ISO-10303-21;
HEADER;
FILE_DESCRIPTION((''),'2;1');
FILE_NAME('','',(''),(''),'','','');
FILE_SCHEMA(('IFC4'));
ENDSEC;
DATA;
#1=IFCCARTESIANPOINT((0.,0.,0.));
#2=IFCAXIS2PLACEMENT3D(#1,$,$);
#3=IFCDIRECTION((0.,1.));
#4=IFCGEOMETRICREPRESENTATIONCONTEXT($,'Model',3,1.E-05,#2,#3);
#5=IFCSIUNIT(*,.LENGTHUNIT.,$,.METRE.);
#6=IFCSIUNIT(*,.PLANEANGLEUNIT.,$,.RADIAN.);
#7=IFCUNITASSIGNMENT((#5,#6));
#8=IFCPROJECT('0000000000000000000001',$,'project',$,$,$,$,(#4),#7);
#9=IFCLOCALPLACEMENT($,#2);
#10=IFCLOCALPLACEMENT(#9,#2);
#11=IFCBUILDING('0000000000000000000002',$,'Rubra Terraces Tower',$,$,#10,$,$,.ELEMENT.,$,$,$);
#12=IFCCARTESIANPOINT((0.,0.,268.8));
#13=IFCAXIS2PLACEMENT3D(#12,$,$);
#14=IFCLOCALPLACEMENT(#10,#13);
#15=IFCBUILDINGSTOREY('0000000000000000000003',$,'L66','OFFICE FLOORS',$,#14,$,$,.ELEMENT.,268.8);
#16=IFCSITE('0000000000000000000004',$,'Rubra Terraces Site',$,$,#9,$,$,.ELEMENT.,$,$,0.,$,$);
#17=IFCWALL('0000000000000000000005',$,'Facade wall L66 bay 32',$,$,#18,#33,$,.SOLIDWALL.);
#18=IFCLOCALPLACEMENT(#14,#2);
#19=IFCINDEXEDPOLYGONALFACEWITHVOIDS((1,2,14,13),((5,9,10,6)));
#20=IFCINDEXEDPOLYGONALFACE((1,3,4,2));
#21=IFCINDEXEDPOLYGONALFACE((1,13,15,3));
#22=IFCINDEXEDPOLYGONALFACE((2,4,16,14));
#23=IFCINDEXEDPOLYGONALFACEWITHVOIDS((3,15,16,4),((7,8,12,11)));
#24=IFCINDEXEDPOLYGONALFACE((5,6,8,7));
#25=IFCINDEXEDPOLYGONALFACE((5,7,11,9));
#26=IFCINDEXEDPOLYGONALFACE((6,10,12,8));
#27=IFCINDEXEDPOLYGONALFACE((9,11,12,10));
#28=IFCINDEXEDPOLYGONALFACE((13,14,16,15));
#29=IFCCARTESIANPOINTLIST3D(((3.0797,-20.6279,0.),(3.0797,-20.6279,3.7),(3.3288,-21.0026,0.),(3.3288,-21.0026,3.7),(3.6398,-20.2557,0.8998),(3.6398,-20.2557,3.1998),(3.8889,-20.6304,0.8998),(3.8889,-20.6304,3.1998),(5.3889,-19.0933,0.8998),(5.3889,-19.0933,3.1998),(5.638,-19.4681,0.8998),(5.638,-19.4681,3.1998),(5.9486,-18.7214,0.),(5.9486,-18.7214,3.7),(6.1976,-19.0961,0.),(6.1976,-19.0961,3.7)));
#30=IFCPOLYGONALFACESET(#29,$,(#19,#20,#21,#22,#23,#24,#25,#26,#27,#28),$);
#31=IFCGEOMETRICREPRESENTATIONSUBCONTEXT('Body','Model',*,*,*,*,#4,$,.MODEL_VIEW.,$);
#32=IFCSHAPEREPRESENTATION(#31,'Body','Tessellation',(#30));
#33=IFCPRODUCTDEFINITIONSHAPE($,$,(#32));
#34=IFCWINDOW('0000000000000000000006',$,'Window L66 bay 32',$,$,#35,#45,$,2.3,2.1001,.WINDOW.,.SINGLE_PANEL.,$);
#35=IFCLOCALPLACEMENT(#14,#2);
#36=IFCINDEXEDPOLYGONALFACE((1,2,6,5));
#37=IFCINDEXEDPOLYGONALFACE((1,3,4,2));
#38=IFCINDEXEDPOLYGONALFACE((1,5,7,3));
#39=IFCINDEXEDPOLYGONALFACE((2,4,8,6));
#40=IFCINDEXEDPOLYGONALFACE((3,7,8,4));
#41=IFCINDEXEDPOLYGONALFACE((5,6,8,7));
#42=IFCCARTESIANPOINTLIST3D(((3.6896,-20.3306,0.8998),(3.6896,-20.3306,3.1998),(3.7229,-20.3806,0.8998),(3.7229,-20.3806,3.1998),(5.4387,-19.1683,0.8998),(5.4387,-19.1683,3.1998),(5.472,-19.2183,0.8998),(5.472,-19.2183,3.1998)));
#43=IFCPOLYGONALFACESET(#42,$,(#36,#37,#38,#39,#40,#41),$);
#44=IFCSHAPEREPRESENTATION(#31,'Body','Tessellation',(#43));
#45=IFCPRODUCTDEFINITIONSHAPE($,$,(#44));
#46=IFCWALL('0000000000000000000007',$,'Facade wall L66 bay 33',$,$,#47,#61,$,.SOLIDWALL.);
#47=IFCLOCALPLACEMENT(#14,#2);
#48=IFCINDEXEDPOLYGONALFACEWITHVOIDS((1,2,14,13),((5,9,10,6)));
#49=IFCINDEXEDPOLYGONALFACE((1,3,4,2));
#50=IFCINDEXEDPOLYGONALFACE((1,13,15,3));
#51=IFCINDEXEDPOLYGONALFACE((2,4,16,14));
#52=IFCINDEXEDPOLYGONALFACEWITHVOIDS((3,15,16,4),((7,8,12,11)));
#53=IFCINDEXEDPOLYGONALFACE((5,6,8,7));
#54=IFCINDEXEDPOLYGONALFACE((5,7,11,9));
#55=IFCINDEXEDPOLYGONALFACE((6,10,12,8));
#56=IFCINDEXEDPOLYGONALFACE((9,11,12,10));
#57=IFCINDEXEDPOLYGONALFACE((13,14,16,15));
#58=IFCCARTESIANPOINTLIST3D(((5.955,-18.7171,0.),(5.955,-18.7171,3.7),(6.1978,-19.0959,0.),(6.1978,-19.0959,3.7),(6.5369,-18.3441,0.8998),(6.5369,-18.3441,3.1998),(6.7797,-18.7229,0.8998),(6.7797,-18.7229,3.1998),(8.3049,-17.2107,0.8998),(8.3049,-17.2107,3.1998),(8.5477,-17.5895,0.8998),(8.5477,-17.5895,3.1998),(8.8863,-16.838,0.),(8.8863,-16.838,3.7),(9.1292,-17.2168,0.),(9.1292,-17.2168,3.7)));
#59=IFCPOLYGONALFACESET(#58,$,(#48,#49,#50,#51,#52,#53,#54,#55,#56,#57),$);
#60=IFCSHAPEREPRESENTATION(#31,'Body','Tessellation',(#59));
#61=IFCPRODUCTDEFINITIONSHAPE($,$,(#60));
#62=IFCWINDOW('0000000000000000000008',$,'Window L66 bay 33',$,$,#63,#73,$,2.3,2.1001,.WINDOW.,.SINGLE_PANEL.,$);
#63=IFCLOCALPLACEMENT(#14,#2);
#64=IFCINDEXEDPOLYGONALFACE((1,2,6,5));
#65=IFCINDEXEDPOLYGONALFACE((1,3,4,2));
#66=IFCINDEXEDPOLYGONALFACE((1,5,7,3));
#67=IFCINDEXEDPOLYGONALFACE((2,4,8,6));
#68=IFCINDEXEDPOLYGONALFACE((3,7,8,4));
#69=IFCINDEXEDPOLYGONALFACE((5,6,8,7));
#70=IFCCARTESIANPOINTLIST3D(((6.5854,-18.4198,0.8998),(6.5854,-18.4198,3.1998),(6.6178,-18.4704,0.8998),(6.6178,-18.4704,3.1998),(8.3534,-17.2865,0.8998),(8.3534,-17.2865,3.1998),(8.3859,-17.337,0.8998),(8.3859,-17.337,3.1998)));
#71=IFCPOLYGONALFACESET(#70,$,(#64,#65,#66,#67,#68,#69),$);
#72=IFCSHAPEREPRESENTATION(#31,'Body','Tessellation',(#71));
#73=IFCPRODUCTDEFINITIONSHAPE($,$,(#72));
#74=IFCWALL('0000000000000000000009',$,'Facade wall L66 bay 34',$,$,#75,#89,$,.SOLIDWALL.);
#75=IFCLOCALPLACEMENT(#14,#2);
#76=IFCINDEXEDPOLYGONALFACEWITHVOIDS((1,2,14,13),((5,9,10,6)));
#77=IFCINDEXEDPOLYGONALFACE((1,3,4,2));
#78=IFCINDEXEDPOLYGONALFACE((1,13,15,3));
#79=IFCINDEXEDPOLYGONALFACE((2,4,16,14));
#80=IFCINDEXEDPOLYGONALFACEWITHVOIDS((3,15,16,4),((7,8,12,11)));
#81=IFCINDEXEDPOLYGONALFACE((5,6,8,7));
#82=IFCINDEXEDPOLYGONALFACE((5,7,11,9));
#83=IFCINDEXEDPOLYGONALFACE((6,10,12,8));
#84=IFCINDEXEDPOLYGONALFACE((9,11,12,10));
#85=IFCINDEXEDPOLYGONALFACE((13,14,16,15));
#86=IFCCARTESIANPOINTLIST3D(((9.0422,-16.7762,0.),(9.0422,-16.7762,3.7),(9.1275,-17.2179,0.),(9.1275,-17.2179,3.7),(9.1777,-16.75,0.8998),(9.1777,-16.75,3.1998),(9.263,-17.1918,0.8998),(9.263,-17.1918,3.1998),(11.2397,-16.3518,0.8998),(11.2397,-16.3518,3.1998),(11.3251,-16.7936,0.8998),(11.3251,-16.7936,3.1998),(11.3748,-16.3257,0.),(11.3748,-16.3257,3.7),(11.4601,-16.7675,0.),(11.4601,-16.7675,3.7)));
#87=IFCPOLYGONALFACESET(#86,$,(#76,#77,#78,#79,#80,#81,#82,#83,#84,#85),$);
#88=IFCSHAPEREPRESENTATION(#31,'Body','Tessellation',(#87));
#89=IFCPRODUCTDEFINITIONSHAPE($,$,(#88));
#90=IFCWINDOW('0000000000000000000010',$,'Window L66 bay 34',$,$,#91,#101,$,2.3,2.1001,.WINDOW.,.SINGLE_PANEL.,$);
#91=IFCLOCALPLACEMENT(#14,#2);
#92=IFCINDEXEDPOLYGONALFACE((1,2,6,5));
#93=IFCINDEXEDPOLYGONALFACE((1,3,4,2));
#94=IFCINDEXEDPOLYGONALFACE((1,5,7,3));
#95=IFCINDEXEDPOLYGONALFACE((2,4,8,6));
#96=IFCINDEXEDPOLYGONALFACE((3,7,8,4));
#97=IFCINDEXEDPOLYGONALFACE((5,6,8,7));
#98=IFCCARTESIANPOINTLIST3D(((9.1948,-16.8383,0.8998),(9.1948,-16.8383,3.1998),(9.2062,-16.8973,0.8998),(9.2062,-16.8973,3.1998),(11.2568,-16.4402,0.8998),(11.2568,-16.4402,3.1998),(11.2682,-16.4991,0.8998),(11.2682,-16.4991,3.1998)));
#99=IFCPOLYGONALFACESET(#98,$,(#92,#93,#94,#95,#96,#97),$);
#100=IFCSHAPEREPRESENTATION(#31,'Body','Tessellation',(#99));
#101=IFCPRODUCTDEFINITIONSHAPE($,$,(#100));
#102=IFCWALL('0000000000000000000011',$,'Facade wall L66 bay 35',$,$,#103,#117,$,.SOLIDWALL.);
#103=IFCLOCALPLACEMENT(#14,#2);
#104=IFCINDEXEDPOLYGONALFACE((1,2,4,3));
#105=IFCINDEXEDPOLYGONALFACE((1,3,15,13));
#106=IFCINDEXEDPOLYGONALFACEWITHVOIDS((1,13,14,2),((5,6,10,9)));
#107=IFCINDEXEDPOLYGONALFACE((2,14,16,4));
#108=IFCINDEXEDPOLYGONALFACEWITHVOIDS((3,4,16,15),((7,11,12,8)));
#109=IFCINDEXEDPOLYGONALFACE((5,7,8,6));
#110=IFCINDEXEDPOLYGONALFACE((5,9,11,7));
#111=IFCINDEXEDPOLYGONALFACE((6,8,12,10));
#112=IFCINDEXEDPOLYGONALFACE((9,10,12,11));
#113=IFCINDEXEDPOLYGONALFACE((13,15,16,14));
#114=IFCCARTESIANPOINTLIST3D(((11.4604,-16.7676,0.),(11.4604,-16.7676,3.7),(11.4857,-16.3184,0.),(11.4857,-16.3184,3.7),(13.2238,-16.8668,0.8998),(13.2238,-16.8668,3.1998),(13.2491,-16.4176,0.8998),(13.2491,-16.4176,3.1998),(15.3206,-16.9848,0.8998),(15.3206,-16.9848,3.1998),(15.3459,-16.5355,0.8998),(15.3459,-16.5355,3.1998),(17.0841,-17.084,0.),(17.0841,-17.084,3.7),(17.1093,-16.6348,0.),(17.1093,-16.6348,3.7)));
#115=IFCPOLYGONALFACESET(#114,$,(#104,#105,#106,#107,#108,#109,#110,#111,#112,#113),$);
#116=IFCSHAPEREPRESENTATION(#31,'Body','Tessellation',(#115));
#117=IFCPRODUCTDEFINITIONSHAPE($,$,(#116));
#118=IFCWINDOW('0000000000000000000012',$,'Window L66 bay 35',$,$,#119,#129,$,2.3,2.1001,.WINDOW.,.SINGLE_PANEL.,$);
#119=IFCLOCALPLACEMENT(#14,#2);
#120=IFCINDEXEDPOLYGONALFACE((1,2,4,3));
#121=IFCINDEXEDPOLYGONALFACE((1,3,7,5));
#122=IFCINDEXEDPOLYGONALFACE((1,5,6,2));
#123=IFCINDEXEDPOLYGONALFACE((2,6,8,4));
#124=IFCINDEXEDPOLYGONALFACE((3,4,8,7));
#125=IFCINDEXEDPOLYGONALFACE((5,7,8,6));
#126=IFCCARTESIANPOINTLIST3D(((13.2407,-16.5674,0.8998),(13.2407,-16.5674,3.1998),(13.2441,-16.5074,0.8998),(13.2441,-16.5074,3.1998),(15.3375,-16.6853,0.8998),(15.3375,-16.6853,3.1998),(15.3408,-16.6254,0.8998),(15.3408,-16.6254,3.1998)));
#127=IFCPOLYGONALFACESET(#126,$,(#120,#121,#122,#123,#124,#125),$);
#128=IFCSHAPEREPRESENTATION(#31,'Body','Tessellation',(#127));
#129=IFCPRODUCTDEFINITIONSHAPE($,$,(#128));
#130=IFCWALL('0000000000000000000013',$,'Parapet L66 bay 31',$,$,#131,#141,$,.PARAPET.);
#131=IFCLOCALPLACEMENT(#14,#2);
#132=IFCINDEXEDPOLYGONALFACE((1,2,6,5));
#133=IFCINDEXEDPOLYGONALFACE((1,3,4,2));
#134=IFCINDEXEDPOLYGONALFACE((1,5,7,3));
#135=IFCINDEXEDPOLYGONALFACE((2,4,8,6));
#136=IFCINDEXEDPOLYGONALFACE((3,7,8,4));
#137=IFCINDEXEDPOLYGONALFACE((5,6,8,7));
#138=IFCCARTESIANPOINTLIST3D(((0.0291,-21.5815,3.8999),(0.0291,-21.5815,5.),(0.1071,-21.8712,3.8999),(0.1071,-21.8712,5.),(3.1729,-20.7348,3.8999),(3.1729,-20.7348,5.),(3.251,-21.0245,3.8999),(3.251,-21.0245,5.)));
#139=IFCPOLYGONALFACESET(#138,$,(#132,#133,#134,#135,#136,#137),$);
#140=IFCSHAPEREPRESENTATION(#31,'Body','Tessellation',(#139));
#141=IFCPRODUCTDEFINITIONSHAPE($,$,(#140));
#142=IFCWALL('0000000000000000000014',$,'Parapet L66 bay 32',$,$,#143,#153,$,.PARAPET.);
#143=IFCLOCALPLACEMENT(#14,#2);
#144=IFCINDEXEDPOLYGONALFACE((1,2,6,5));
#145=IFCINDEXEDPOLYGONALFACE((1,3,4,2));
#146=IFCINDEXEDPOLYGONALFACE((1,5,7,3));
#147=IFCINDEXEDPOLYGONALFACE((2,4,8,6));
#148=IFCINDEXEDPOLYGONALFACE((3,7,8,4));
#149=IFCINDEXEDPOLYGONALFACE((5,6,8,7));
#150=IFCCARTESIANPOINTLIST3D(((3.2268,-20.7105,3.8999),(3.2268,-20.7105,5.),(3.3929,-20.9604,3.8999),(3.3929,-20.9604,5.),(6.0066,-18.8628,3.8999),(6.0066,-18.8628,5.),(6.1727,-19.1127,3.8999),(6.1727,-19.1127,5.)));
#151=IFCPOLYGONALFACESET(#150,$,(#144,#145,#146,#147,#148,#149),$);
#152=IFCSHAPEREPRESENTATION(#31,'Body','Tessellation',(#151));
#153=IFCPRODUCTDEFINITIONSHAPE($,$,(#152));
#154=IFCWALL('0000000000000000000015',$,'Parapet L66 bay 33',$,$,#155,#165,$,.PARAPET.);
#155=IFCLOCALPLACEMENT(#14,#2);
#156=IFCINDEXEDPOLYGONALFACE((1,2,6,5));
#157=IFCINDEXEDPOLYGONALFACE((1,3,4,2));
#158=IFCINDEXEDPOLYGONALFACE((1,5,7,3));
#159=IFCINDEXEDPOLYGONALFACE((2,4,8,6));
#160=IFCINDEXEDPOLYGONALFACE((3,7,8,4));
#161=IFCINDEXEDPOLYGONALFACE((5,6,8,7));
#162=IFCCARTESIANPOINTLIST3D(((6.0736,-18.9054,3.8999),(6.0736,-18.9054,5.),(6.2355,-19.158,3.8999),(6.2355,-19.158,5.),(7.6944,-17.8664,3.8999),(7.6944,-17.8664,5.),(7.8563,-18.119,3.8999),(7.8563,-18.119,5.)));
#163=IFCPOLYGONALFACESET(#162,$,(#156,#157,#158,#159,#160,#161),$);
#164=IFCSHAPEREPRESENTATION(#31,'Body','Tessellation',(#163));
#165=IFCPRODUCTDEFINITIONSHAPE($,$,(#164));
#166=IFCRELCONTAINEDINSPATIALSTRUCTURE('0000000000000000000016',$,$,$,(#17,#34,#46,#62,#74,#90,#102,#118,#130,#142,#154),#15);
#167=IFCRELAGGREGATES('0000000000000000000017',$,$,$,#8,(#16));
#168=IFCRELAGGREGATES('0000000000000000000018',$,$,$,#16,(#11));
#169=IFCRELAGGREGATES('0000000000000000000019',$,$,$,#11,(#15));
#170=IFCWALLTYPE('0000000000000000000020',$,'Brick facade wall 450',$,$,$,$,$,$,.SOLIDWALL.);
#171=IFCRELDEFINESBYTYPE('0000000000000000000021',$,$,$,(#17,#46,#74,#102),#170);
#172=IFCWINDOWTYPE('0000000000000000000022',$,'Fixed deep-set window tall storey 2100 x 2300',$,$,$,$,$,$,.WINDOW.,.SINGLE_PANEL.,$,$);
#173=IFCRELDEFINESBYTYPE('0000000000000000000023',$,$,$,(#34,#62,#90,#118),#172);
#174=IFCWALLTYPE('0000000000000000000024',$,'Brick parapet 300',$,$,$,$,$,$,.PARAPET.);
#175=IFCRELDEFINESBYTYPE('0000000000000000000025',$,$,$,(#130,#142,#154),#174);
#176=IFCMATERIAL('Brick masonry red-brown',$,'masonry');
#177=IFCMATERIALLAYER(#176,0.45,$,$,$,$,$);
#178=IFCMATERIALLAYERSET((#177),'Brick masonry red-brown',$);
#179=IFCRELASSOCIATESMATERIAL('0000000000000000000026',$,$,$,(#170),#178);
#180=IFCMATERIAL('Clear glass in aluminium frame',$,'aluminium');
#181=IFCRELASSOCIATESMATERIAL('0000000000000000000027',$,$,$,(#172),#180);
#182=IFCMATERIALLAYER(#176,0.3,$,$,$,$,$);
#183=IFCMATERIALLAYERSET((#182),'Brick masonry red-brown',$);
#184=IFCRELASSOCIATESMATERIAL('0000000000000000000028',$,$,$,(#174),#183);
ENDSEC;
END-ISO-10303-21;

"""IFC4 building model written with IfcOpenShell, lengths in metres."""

from ifc_helpers import new_model, si_unit, direction, frame, frame_2d, origin, place, context, subcontext, project, spatial, rectangle, extrude, material, layer, layer_set, type_object, element, fill, save


model = new_model("IFC4")

# Units and contexts
model_context = context("Model", 3, precision=1e-05, world=origin(), true_north=direction((0.0, 1.0)))
body_context = subcontext(model_context, "Body", "Model", "MODEL_VIEW")
ifc_project = project(units=[si_unit("LENGTHUNIT", "METRE"), si_unit("PLANEANGLEUNIT", "RADIAN")], contexts=[model_context])

# Site, building, storey
site_placement = place(None, origin())
site = spatial("IfcSite", under=ifc_project, at=site_placement, Name="Rubra Terraces Site", CompositionType="ELEMENT", RefElevation=0.0)
building_placement = place(site_placement, origin())
building = spatial("IfcBuilding", under=site, at=building_placement, Name="Rubra Terraces Tower", CompositionType="ELEMENT")
storey_placement = place(building_placement, frame((0.0, 0.0, 268.8)))
storey = spatial("IfcBuildingStorey", under=building, at=storey_placement, Name="L66", Description="OFFICE FLOORS", CompositionType="ELEMENT", Elevation=268.8)

# Walls, openings, windows
ifc_material_1 = material(Name="Brick masonry red-brown", Category="masonry")
ifc_layer_1 = layer(ifc_material_1, 0.45)
ifc_layer_set_1 = layer_set([ifc_layer_1], Name="Brick masonry red-brown")
wall_type_1 = type_object("IfcWallType", Name="Brick facade wall 450", PredefinedType="SOLIDWALL", material=ifc_layer_set_1)
wall_1_placement = place(storey_placement, frame((3.2043, -20.8152, 0.0), z_axis=(0.0, 0.0, 1.0), x_axis=(0.832867, 0.553473, 0.0)))
wall_1 = element("IfcWall", 1, at=wall_1_placement, inside=storey, type_object=wall_type_1, Name="Facade wall L66 bay 32", PredefinedType="SOLIDWALL", context=body_context, shape_type="SweptSolid", body=[
    extrude(rectangle(XDim=3.4446, YDim=0.45, at=frame_2d((1.7222, 0.0))), origin(), (0.0, 0.0, 1.0), 3.7),
])
opening_1_placement = place(wall_1_placement, frame((0.6724, 0.0, 0.8999)))
opening_1 = element("IfcOpeningElement", 2, at=opening_1_placement, cuts=wall_1, PredefinedType="OPENING", context=body_context, shape_type="SweptSolid", body=[
    extrude(rectangle(XDim=2.1001, YDim=2.3, at=frame_2d((1.05, 1.1499))), frame((0.0, 0.2349, 0.0), z_axis=(0.0, -1.0, 0.0), x_axis=(1.0, 0.0, 0.0)), (0.0, 0.0, 1.0), 0.47),
])
ifc_material_2 = material(Name="Clear glass in aluminium frame", Category="aluminium")
window_type = type_object("IfcWindowType", Name="Fixed deep-set window tall storey 2100 x 2300", PartitioningType="SINGLE_PANEL", PredefinedType="WINDOW", material=ifc_material_2)
window_1_placement = place(opening_1_placement, origin())
window_1 = element("IfcWindow", 3, at=window_1_placement, inside=storey, type_object=window_type, Name="Window L66 bay 32", OverallHeight=2.3, OverallWidth=2.1001, PartitioningType="SINGLE_PANEL", PredefinedType="WINDOW", context=body_context, shape_type="SweptSolid", body=[
    extrude(rectangle(XDim=2.1001, YDim=2.3, at=frame_2d((1.05, 1.1499))), frame((0.0, 0.135, 0.0), z_axis=(0.0, -1.0, 0.0), x_axis=(1.0, 0.0, 0.0)), (0.0, 0.0, 1.0), 0.0601),
])
fill(opening_1, window_1)
wall_2_placement = place(storey_placement, frame((6.0764, -18.9065, 0.0), z_axis=(0.0, 0.0, 1.0), x_axis=(0.841873, 0.539676, 0.0)))
wall_2 = element("IfcWall", 4, at=wall_2_placement, inside=storey, type_object=wall_type_1, Name="Facade wall L66 bay 33", PredefinedType="SOLIDWALL", context=body_context, shape_type="SweptSolid", body=[
    extrude(rectangle(XDim=3.4819, YDim=0.45, at=frame_2d((1.741, 0.0))), origin(), (0.0, 0.0, 1.0), 3.7),
])
opening_2_placement = place(wall_2_placement, frame((0.6912, 0.0, 0.8999)))
opening_2 = element("IfcOpeningElement", 5, at=opening_2_placement, cuts=wall_2, PredefinedType="OPENING", context=body_context, shape_type="SweptSolid", body=[
    extrude(rectangle(XDim=2.1001, YDim=2.3, at=frame_2d((1.05, 1.1499))), frame((0.0, 0.2349, 0.0), z_axis=(0.0, -1.0, 0.0), x_axis=(1.0, 0.0, 0.0)), (0.0, 0.0, 1.0), 0.47),
])
window_2_placement = place(opening_2_placement, origin())
window_2 = element("IfcWindow", 6, at=window_2_placement, inside=storey, type_object=window_type, Name="Window L66 bay 33", OverallHeight=2.3, OverallWidth=2.1001, PartitioningType="SINGLE_PANEL", PredefinedType="WINDOW", context=body_context, shape_type="SweptSolid", body=[
    extrude(rectangle(XDim=2.1001, YDim=2.3, at=frame_2d((1.05, 1.1499))), frame((0.0, 0.135, 0.0), z_axis=(0.0, -1.0, 0.0), x_axis=(1.0, 0.0, 0.0)), (0.0, 0.0, 1.0), 0.0601),
])
fill(opening_2, window_2)
wall_3_placement = place(storey_placement, frame((9.0847, -16.9971, 0.0), z_axis=(0.0, 0.0, 1.0), x_axis=(0.981863, 0.189591, 0.0)))
wall_3 = element("IfcWall", 7, at=wall_3_placement, inside=storey, type_object=wall_type_1, Name="Facade wall L66 bay 34", PredefinedType="SOLIDWALL", context=body_context, shape_type="SweptSolid", body=[
    extrude(rectangle(XDim=2.3757, YDim=0.45, at=frame_2d((1.188, 0.0))), origin(), (0.0, 0.0, 1.0), 3.7),
])
opening_3_placement = place(wall_3_placement, frame((0.1382, 0.0, 0.8999)))
opening_3 = element("IfcOpeningElement", 8, at=opening_3_placement, cuts=wall_3, PredefinedType="OPENING", context=body_context, shape_type="SweptSolid", body=[
    extrude(rectangle(XDim=2.1001, YDim=2.3, at=frame_2d((1.05, 1.1499))), frame((0.0, 0.2349, 0.0), z_axis=(0.0, -1.0, 0.0), x_axis=(1.0, 0.0, 0.0)), (0.0, 0.0, 1.0), 0.47),
])
window_3_placement = place(opening_3_placement, origin())
window_3 = element("IfcWindow", 9, at=window_3_placement, inside=storey, type_object=window_type, Name="Window L66 bay 34", OverallHeight=2.3, OverallWidth=2.1001, PartitioningType="SINGLE_PANEL", PredefinedType="WINDOW", context=body_context, shape_type="SweptSolid", body=[
    extrude(rectangle(XDim=2.1001, YDim=2.3, at=frame_2d((1.05, 1.1499))), frame((0.0, 0.135, 0.0), z_axis=(0.0, -1.0, 0.0), x_axis=(1.0, 0.0, 0.0)), (0.0, 0.0, 1.0), 0.0601),
])
fill(opening_3, window_3)
wall_4_placement = place(storey_placement, frame((11.4729, -16.543, 0.0), z_axis=(0.0, 0.0, 1.0), x_axis=(0.998421, -0.056173, 0.0)))
wall_4 = element("IfcWall", 10, at=wall_4_placement, inside=storey, type_object=wall_type_1, Name="Facade wall L66 bay 35", PredefinedType="SOLIDWALL", context=body_context, shape_type="SweptSolid", body=[
    extrude(rectangle(XDim=5.6326, YDim=0.45, at=frame_2d((2.8164, 0.0))), origin(), (0.0, 0.0, 1.0), 3.7),
])
opening_4_placement = place(wall_4_placement, frame((1.7664, 0.0, 0.8999)))
opening_4 = element("IfcOpeningElement", 11, at=opening_4_placement, cuts=wall_4, PredefinedType="OPENING", context=body_context, shape_type="SweptSolid", body=[
    extrude(rectangle(XDim=2.1001, YDim=2.3, at=frame_2d((1.05, 1.1499))), frame((0.0, 0.2349, 0.0), z_axis=(0.0, -1.0, 0.0), x_axis=(1.0, 0.0, 0.0)), (0.0, 0.0, 1.0), 0.47),
])
window_4_placement = place(opening_4_placement, origin())
window_4 = element("IfcWindow", 12, at=window_4_placement, inside=storey, type_object=window_type, Name="Window L66 bay 35", OverallHeight=2.3, OverallWidth=2.1001, PartitioningType="SINGLE_PANEL", PredefinedType="WINDOW", context=body_context, shape_type="SweptSolid", body=[
    extrude(rectangle(XDim=2.1001, YDim=2.3, at=frame_2d((1.05, 1.1499))), frame((0.0, 0.135, 0.0), z_axis=(0.0, -1.0, 0.0), x_axis=(1.0, 0.0, 0.0)), (0.0, 0.0, 1.0), 0.0601),
])
fill(opening_4, window_4)

# Walls
ifc_layer_2 = layer(ifc_material_1, 0.3)
ifc_layer_set_2 = layer_set([ifc_layer_2], Name="Brick masonry red-brown")
wall_type_2 = type_object("IfcWallType", Name="Brick parapet 300", PredefinedType="PARAPET", material=ifc_layer_set_2)
wall_5_placement = place(storey_placement, frame((0.0681, -21.7263, 3.8999), z_axis=(0.0, 0.0, 1.0), x_axis=(0.965595, 0.260051, 0.0)))
element("IfcWall", 13, at=wall_5_placement, inside=storey, type_object=wall_type_2, Name="Parapet L66 bay 31", PredefinedType="PARAPET", context=body_context, shape_type="SweptSolid", body=[
    extrude(rectangle(XDim=3.2559, YDim=0.3, at=frame_2d((1.6279, 0.0))), origin(), (0.0, 0.0, 1.0), 1.1001),
])
wall_6_placement = place(storey_placement, frame((3.3098, -20.8354, 3.8999), z_axis=(0.0, 0.0, 1.0), x_axis=(0.832815, 0.553552, 0.0)))
element("IfcWall", 14, at=wall_6_placement, inside=storey, type_object=wall_type_2, Name="Parapet L66 bay 32", PredefinedType="PARAPET", context=body_context, shape_type="SweptSolid", body=[
    extrude(rectangle(XDim=3.3379, YDim=0.3, at=frame_2d((1.6689, 0.0))), origin(), (0.0, 0.0, 1.0), 1.1001),
])
wall_7_placement = place(storey_placement, frame((6.1545, -19.0317, 3.8999), z_axis=(0.0, 0.0, 1.0), x_axis=(0.841866, 0.539687, 0.0)))
element("IfcWall", 15, at=wall_7_placement, inside=storey, type_object=wall_type_2, Name="Parapet L66 bay 33", PredefinedType="PARAPET", context=body_context, shape_type="SweptSolid", body=[
    extrude(rectangle(XDim=1.9253, YDim=0.3, at=frame_2d((0.9626, 0.0))), origin(), (0.0, 0.0, 1.0), 1.1001),
])

save(model, "model.ifc")
